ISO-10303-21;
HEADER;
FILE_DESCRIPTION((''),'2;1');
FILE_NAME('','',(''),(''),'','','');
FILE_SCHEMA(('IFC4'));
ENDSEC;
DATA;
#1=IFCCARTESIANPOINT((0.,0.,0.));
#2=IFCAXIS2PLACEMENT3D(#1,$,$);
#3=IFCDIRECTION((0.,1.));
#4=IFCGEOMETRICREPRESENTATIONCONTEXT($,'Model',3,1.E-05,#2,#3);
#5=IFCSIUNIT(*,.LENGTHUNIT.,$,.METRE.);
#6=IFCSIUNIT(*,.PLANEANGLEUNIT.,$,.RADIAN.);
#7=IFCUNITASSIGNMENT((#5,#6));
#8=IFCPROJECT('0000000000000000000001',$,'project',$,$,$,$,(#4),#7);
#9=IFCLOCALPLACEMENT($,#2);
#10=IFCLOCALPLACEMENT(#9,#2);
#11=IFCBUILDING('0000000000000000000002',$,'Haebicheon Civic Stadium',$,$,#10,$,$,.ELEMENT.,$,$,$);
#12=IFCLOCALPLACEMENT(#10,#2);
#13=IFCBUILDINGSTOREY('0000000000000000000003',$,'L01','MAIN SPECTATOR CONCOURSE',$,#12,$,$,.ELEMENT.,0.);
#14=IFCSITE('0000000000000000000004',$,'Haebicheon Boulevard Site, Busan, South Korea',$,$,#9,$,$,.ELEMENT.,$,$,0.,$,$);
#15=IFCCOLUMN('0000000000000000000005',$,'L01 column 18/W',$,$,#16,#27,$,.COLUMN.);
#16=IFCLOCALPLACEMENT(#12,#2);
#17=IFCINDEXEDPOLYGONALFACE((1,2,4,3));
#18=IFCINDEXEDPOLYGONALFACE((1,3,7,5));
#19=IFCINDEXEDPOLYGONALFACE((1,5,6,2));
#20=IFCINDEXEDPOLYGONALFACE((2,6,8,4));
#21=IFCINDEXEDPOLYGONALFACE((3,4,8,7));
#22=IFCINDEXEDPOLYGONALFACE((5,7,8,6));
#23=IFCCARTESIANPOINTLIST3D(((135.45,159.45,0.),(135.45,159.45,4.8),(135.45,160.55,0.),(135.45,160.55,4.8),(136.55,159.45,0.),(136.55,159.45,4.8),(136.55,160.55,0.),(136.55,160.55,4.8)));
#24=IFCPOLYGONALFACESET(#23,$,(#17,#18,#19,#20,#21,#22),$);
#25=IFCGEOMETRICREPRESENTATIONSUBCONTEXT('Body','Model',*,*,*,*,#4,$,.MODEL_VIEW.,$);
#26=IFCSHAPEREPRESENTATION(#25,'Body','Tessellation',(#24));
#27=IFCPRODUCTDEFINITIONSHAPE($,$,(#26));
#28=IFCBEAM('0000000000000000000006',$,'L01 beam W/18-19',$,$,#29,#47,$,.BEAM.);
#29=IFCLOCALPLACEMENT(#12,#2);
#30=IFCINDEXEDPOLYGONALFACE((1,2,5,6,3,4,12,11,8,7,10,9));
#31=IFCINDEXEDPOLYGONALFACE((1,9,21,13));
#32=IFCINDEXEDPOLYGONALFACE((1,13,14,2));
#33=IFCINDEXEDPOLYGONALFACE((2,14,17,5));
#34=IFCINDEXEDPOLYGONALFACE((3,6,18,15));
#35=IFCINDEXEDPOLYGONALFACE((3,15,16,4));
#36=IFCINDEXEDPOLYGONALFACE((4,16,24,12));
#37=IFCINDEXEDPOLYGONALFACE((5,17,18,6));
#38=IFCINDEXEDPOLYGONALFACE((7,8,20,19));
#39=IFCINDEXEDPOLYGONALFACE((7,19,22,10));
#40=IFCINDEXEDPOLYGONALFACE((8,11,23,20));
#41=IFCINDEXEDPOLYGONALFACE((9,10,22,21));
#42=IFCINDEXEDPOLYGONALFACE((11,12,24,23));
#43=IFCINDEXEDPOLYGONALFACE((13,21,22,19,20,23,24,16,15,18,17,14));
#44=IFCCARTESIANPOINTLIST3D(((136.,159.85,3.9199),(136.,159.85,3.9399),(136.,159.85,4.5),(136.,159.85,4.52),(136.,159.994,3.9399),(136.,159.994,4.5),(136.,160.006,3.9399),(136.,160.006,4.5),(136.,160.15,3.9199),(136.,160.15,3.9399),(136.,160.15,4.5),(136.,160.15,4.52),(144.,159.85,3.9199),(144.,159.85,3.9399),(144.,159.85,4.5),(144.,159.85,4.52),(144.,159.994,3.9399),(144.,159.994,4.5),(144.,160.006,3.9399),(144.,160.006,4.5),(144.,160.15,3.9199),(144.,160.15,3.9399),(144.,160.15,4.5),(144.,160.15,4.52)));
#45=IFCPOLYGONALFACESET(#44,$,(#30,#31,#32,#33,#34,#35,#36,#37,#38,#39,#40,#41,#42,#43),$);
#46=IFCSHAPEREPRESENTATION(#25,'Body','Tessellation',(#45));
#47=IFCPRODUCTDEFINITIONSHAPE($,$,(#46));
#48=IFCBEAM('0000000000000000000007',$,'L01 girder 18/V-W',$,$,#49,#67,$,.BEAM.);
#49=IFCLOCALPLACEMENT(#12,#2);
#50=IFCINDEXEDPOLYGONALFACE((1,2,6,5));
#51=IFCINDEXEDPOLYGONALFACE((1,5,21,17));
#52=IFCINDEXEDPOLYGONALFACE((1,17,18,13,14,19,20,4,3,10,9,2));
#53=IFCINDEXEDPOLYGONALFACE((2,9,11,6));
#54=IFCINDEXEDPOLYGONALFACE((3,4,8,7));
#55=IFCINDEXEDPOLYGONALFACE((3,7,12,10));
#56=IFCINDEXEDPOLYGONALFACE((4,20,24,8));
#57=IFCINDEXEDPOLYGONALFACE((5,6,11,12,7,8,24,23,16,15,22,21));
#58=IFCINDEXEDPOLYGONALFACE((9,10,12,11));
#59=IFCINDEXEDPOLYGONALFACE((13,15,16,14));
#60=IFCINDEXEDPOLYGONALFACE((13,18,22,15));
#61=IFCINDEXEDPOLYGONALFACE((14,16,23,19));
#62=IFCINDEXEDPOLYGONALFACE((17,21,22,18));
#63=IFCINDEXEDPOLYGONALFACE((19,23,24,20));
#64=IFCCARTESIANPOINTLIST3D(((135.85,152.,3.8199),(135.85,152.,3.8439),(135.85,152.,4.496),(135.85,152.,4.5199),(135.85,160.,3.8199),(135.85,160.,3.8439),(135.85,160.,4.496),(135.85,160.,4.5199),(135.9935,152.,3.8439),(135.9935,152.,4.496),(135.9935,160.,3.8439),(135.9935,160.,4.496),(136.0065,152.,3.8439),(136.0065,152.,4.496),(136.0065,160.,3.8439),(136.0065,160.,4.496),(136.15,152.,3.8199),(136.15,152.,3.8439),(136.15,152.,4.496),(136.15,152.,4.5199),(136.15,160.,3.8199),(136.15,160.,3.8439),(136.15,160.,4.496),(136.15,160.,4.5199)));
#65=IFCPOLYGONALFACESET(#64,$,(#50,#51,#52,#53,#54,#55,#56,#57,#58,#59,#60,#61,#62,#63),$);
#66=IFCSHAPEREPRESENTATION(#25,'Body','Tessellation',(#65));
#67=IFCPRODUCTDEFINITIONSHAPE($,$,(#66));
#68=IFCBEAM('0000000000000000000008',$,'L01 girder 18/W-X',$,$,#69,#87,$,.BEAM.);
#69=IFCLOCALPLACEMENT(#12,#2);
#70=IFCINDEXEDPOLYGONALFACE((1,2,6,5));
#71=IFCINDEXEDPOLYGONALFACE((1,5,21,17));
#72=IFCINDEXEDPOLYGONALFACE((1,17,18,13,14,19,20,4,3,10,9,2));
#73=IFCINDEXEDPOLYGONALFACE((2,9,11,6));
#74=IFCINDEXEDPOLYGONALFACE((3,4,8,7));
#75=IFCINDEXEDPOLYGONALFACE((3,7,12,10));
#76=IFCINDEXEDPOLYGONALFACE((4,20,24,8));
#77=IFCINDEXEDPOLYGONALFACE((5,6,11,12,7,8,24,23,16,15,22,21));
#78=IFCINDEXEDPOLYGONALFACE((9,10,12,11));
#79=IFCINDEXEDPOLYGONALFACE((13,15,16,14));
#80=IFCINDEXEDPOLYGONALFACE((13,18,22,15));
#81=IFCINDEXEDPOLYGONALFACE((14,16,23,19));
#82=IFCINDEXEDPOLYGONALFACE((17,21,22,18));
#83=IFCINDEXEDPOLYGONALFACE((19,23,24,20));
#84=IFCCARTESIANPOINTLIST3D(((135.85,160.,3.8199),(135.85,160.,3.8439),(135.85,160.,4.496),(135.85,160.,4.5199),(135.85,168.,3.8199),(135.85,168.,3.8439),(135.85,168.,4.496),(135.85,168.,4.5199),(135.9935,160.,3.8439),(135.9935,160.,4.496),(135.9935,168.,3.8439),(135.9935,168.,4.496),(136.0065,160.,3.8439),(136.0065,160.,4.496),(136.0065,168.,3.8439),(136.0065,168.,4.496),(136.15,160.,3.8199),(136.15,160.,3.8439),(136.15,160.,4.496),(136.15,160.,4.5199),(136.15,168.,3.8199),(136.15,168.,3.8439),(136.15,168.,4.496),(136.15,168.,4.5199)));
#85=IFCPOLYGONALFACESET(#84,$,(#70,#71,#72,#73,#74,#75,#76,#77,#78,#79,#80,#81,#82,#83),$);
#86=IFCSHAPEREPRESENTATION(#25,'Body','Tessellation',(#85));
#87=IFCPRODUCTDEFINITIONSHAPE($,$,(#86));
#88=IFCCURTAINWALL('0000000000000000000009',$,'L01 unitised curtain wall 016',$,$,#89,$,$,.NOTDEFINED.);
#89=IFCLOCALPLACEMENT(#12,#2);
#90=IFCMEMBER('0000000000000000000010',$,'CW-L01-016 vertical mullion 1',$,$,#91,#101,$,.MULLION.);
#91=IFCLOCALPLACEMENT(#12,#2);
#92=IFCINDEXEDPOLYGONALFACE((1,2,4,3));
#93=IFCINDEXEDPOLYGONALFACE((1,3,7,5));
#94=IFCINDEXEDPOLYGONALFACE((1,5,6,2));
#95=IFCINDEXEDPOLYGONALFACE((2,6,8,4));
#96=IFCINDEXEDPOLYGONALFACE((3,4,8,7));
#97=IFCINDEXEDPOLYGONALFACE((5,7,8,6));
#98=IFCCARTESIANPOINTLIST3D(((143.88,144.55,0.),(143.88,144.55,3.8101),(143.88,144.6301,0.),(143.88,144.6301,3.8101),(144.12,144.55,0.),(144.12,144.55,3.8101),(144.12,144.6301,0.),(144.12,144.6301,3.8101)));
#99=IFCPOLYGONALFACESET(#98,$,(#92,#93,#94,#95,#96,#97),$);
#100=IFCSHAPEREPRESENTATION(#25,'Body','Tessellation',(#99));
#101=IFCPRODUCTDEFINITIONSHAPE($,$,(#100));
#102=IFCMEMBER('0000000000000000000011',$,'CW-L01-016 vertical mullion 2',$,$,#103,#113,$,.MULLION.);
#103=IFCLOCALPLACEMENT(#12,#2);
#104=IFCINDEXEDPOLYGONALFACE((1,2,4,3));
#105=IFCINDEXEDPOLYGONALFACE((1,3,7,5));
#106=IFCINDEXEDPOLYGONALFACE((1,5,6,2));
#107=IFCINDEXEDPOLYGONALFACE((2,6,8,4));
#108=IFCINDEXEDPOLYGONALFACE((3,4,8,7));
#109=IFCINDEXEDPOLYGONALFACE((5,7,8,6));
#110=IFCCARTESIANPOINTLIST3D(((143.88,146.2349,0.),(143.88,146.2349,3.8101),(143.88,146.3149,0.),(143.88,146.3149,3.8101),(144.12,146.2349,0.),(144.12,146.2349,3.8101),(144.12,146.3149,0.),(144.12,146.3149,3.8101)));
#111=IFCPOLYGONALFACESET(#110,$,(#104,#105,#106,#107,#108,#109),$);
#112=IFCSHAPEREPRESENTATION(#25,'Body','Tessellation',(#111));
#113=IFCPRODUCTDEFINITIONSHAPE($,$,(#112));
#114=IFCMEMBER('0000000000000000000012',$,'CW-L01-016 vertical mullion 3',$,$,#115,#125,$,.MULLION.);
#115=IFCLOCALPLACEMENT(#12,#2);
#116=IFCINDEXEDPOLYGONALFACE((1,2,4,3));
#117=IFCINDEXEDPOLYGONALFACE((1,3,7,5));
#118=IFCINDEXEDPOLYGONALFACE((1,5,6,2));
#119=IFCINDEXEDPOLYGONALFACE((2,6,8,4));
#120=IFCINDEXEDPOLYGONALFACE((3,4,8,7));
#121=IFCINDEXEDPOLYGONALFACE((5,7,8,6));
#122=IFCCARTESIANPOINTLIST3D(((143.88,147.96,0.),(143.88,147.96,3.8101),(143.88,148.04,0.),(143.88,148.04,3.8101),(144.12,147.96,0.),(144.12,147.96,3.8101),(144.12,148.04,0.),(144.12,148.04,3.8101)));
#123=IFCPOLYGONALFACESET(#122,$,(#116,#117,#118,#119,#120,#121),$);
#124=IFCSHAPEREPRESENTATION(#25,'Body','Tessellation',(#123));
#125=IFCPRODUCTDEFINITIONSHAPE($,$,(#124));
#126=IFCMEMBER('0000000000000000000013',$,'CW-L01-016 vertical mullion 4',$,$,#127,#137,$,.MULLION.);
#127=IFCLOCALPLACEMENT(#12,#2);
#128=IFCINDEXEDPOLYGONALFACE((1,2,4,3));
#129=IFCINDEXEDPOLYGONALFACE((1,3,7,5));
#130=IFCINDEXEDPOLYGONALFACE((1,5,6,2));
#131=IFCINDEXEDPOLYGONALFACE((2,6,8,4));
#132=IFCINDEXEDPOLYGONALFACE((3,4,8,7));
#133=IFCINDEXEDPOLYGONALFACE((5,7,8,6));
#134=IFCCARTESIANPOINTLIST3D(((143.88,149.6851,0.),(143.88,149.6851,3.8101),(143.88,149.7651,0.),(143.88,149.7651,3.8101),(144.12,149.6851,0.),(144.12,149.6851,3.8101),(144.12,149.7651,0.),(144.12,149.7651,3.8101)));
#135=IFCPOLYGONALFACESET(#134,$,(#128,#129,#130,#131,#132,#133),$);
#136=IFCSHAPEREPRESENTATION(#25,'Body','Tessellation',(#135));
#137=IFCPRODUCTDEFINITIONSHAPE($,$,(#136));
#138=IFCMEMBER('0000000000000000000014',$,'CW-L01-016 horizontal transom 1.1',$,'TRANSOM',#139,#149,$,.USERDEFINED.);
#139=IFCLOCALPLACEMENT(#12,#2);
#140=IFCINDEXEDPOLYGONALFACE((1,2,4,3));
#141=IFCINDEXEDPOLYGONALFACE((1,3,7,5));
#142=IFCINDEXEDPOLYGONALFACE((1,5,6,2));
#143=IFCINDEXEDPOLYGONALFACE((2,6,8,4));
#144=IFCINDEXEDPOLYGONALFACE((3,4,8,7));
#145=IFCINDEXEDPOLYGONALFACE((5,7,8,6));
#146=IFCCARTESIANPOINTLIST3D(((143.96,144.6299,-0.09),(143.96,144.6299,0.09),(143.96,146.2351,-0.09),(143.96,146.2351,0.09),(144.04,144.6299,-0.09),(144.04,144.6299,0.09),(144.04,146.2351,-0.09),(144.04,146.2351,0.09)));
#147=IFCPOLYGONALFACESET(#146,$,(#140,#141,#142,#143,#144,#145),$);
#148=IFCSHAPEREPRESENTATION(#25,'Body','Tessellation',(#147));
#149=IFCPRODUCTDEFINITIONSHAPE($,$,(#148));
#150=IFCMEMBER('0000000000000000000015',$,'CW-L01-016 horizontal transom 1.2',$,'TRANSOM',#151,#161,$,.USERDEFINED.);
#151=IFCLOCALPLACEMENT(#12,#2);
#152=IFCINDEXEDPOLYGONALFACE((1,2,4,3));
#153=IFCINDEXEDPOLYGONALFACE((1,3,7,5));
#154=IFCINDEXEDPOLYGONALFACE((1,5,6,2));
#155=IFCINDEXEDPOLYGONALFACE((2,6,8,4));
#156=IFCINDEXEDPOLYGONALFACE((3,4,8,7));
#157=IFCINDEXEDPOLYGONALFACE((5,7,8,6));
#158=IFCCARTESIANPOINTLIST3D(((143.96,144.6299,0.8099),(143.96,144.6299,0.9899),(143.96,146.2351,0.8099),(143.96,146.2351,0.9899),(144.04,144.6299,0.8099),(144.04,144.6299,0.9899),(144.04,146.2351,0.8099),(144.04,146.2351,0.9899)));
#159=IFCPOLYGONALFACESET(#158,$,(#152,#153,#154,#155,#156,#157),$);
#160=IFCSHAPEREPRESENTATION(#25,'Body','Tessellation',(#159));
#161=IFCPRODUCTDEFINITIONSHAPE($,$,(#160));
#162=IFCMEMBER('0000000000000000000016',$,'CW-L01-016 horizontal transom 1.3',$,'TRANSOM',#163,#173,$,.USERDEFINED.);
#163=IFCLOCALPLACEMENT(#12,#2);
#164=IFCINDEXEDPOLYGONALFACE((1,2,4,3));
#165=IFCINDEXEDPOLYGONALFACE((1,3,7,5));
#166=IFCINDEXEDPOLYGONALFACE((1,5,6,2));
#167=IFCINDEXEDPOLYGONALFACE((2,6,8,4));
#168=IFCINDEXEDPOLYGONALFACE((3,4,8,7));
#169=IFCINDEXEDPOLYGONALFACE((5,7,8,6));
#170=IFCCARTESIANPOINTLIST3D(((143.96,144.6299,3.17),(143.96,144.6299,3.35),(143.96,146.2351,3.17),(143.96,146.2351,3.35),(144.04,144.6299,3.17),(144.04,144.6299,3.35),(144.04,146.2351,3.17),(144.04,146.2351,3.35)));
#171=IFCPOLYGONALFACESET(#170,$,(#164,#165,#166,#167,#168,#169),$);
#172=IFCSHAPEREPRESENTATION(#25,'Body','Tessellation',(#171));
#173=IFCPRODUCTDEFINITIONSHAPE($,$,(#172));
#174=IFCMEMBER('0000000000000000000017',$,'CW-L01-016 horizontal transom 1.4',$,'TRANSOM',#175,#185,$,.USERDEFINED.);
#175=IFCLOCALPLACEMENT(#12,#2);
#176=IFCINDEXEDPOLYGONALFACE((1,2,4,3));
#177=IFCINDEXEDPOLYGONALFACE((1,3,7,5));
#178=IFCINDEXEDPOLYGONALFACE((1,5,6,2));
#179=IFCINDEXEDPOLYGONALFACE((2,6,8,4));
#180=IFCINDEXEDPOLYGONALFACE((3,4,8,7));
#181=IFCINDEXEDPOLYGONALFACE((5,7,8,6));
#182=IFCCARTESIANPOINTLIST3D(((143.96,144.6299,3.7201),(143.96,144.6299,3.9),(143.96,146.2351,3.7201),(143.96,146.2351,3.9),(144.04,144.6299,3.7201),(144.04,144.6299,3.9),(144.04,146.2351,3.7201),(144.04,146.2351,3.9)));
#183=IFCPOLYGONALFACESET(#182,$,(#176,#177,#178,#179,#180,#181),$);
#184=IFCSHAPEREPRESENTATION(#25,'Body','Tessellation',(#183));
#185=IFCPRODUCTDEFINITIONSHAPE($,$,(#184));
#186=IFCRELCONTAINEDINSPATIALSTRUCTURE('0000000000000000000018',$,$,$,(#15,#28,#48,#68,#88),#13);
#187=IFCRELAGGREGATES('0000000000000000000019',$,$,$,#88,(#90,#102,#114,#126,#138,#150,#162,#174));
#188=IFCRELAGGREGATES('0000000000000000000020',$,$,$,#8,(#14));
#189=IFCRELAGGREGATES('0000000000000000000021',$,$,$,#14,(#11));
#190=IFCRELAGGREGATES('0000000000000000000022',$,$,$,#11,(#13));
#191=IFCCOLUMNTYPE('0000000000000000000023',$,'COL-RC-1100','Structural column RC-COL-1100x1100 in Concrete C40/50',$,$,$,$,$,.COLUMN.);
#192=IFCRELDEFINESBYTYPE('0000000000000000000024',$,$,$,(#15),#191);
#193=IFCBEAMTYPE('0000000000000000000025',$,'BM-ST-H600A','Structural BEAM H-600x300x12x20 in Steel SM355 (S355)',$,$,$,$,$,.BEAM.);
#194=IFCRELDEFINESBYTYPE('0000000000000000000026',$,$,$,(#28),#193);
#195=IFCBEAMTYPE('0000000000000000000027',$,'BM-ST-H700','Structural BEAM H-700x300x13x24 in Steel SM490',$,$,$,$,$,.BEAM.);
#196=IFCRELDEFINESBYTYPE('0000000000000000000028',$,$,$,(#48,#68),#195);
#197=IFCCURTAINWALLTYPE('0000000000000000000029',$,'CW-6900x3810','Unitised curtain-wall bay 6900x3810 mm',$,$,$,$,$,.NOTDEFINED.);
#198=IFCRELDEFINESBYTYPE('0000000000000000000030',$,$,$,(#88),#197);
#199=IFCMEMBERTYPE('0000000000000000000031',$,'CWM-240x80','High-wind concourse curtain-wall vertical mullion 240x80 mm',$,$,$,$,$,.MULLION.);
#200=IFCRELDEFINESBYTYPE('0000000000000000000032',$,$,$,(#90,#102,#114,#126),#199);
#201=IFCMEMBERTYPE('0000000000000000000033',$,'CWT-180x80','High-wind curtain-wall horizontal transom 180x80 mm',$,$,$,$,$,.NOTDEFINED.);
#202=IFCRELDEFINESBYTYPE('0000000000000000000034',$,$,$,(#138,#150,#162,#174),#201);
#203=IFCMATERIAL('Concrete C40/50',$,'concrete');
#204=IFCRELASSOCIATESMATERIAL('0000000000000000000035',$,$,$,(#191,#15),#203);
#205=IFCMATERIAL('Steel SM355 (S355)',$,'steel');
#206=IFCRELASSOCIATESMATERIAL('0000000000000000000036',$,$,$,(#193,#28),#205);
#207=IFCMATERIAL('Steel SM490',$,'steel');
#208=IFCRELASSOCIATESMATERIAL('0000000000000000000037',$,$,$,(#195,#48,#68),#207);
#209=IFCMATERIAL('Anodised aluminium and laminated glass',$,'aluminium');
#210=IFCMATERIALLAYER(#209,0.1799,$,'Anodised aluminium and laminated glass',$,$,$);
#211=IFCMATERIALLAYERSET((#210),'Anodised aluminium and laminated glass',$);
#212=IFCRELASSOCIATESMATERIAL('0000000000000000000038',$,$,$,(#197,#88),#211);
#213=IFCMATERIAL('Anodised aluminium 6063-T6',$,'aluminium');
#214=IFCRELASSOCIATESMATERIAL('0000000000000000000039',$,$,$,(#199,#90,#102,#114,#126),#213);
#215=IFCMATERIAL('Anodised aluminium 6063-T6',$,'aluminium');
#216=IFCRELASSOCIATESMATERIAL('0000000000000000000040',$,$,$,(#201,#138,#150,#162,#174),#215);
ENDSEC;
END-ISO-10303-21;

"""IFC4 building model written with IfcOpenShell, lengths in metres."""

from ifc_helpers import new_model, si_unit, direction, frame, origin, origin_2d, place, context, subcontext, project, spatial, rectangle, i_section, extrude, material, layer, layer_set, material_profile, profile_set, type_object, element, aggregate, save


model = new_model("IFC4")

# Units and contexts
model_context = context("Model", 3, precision=1e-05, world=origin(), true_north=direction((0.0, 1.0)))
body_context = subcontext(model_context, "Body", "Model", "MODEL_VIEW")
ifc_project = project(units=[si_unit("LENGTHUNIT", "METRE"), si_unit("PLANEANGLEUNIT", "RADIAN")], contexts=[model_context])

# Site, building, storey
site_placement = place(None, origin())
site = spatial("IfcSite", under=ifc_project, at=site_placement, Name="Haebicheon Boulevard Site, Busan, South Korea", CompositionType="ELEMENT", RefElevation=0.0)
building_placement = place(site_placement, origin())
building = spatial("IfcBuilding", under=site, at=building_placement, Name="Haebicheon Civic Stadium", CompositionType="ELEMENT")
storey_placement = place(building_placement, origin())
storey = spatial("IfcBuildingStorey", under=building, at=storey_placement, Name="L01", Description="MAIN SPECTATOR CONCOURSE", CompositionType="ELEMENT", Elevation=0.0)

# Column
ifc_material_1 = material(Name="Concrete C40/50", Category="concrete")
ifc_material_profile_1 = material_profile(ifc_material_1, rectangle(XDim=1.1001, YDim=1.1001, at=origin_2d()), Name="RC-COL-1100x1100")
ifc_profile_set_1 = profile_set([ifc_material_profile_1], Name="Concrete C40/50")
column_type = type_object("IfcColumnType", Name="COL-RC-1100", Description="Structural column RC-COL-1100x1100 in Concrete C40/50", PredefinedType="COLUMN", material=ifc_profile_set_1)
column_placement = place(storey_placement, frame((136.0, 160.0, 0.0), z_axis=(0.0, 0.0, 1.0), x_axis=(1.0, 0.0, 0.0)))
element("IfcColumn", 1, at=column_placement, inside=storey, type_object=column_type, material=ifc_profile_set_1, Name="L01 column 18/W", PredefinedType="COLUMN", context=body_context, shape_type="SweptSolid", body=[
    extrude(rectangle(XDim=1.1001, YDim=1.1001, at=origin_2d()), origin(), (0.0, 0.0, 1.0), 4.8),
])

# Beams
ifc_material_2 = material(Name="Steel SM355 (S355)", Category="steel")
ifc_material_profile_2 = material_profile(ifc_material_2, i_section(OverallWidth=0.3, OverallDepth=0.6001, WebThickness=0.012, FlangeThickness=0.02, at=origin_2d()), Name="H-600x300x12x20")
ifc_profile_set_2 = profile_set([ifc_material_profile_2], Name="Steel SM355 (S355)")
beam_type_1 = type_object("IfcBeamType", Name="BM-ST-H600A", Description="Structural BEAM H-600x300x12x20 in Steel SM355 (S355)", PredefinedType="BEAM", material=ifc_profile_set_2)
beam_1_placement = place(storey_placement, frame((136.0, 160.0, 4.22), z_axis=(1.0, 0.0, 0.0), x_axis=(0.0, 1.0, 0.0)))
element("IfcBeam", 2, at=beam_1_placement, inside=storey, type_object=beam_type_1, material=ifc_profile_set_2, Name="L01 beam W/18-19", PredefinedType="BEAM", context=body_context, shape_type="SweptSolid", body=[
    extrude(i_section(OverallWidth=0.3, OverallDepth=0.6001, WebThickness=0.012, FlangeThickness=0.02, at=origin_2d()), origin(), (0.0, 0.0, 1.0), 8.0),
])
ifc_material_3 = material(Name="Steel SM490", Category="steel")
ifc_material_profile_3 = material_profile(ifc_material_3, i_section(OverallWidth=0.3, OverallDepth=0.7, WebThickness=0.0129, FlangeThickness=0.0239, at=origin_2d()), Name="H-700x300x13x24")
ifc_profile_set_3 = profile_set([ifc_material_profile_3], Name="Steel SM490")
beam_type_2 = type_object("IfcBeamType", Name="BM-ST-H700", Description="Structural BEAM H-700x300x13x24 in Steel SM490", PredefinedType="BEAM", material=ifc_profile_set_3)
for number, where, z_axis, x_axis, name in (
    (3, (136.0, 152.0, 4.1699), (0.0, 1.0, 0.0), (-1.0, 0.0, 0.0), "L01 girder 18/V-W"),
    (4, (136.0, 160.0, 4.1699), (0.0, 1.0, 0.0), (-1.0, 0.0, 0.0), "L01 girder 18/W-X"),
):
    element("IfcBeam", number, at=place(storey_placement, frame(where, z_axis=z_axis, x_axis=x_axis)), inside=storey, type_object=beam_type_2, material=ifc_profile_set_3, Name=name, PredefinedType="BEAM", context=body_context, shape_type="SweptSolid", body=[
        extrude(i_section(OverallWidth=0.3, OverallDepth=0.7, WebThickness=0.0129, FlangeThickness=0.0239, at=origin_2d()), origin(), (0.0, 0.0, 1.0), 8.0),
    ])

# Curtain wall, members
ifc_material_4 = material(Name="Anodised aluminium and laminated glass", Category="aluminium")
ifc_layer_1 = layer(ifc_material_4, 0.1799, Name="Anodised aluminium and laminated glass")
ifc_layer_set_1 = layer_set([ifc_layer_1], Name="Anodised aluminium and laminated glass")
curtain_wall_type = type_object("IfcCurtainWallType", Name="CW-6900x3810", Description="Unitised curtain-wall bay 6900x3810 mm", PredefinedType="NOTDEFINED", material=ifc_layer_set_1)
curtain_wall_placement = place(storey_placement, origin())
curtain_wall = element("IfcCurtainWall", 5, at=curtain_wall_placement, inside=storey, type_object=curtain_wall_type, material=ifc_layer_set_1, Name="L01 unitised curtain wall 016", PredefinedType="NOTDEFINED")
ifc_material_5 = material(Name="Anodised aluminium 6063-T6", Category="aluminium")
ifc_material_profile_4 = material_profile(ifc_material_5, rectangle(XDim=0.0801, YDim=0.24, at=origin_2d()), Name="ALU-MULL-80x240")
ifc_profile_set_4 = profile_set([ifc_material_profile_4], Name="Anodised aluminium 6063-T6")
member_type_1 = type_object("IfcMemberType", Name="CWM-240x80", Description="High-wind concourse curtain-wall vertical mullion 240x80 mm", PredefinedType="MULLION", material=ifc_profile_set_4)
member_1_placement = place(storey_placement, frame((144.0, 144.5901, 0.0), z_axis=(0.0, 0.0, 1.0), x_axis=(0.0, 1.0, 0.0)))
member_1 = element("IfcMember", 6, at=member_1_placement, type_object=member_type_1, material=ifc_profile_set_4, Name="CW-L01-016 vertical mullion 1", PredefinedType="MULLION", context=body_context, shape_type="SweptSolid", body=[
    extrude(rectangle(XDim=0.0801, YDim=0.24, at=origin_2d()), origin(), (0.0, 0.0, 1.0), 3.8101),
])
member_2_placement = place(storey_placement, frame((144.0, 146.2749, 0.0), z_axis=(0.0, 0.0, 1.0), x_axis=(0.0, 1.0, 0.0)))
member_2 = element("IfcMember", 7, at=member_2_placement, type_object=member_type_1, material=ifc_profile_set_4, Name="CW-L01-016 vertical mullion 2", PredefinedType="MULLION", context=body_context, shape_type="SweptSolid", body=[
    extrude(rectangle(XDim=0.0801, YDim=0.24, at=origin_2d()), origin(), (0.0, 0.0, 1.0), 3.8101),
])
member_3_placement = place(storey_placement, frame((144.0, 148.0, 0.0), z_axis=(0.0, 0.0, 1.0), x_axis=(0.0, 1.0, 0.0)))
member_3 = element("IfcMember", 8, at=member_3_placement, type_object=member_type_1, material=ifc_profile_set_4, Name="CW-L01-016 vertical mullion 3", PredefinedType="MULLION", context=body_context, shape_type="SweptSolid", body=[
    extrude(rectangle(XDim=0.0801, YDim=0.24, at=origin_2d()), origin(), (0.0, 0.0, 1.0), 3.8101),
])
member_4_placement = place(storey_placement, frame((144.0, 149.7251, 0.0), z_axis=(0.0, 0.0, 1.0), x_axis=(0.0, 1.0, 0.0)))
member_4 = element("IfcMember", 9, at=member_4_placement, type_object=member_type_1, material=ifc_profile_set_4, Name="CW-L01-016 vertical mullion 4", PredefinedType="MULLION", context=body_context, shape_type="SweptSolid", body=[
    extrude(rectangle(XDim=0.0801, YDim=0.24, at=origin_2d()), origin(), (0.0, 0.0, 1.0), 3.8101),
])
ifc_material_6 = material(Name="Anodised aluminium 6063-T6", Category="aluminium")
ifc_material_profile_5 = material_profile(ifc_material_6, rectangle(XDim=0.0801, YDim=0.1799, at=origin_2d()), Name="ALU-TRAN-80x180")
ifc_profile_set_5 = profile_set([ifc_material_profile_5], Name="Anodised aluminium 6063-T6")
member_type_2 = type_object("IfcMemberType", Name="CWT-180x80", Description="High-wind curtain-wall horizontal transom 180x80 mm", PredefinedType="NOTDEFINED", material=ifc_profile_set_5)
member_5_placement = place(storey_placement, frame((144.0, 144.6299, 0.0), z_axis=(0.0, 1.0, 0.0), x_axis=(-1.0, 0.0, 0.0)))
member_5 = element("IfcMember", 10, at=member_5_placement, type_object=member_type_2, material=ifc_profile_set_5, Name="CW-L01-016 horizontal transom 1.1", ObjectType="TRANSOM", PredefinedType="USERDEFINED", context=body_context, shape_type="SweptSolid", body=[
    extrude(rectangle(XDim=0.0801, YDim=0.1799, at=origin_2d()), origin(), (0.0, 0.0, 1.0), 1.6052),
])
member_6_placement = place(storey_placement, frame((144.0, 144.6299, 0.8999), z_axis=(0.0, 1.0, 0.0), x_axis=(-1.0, 0.0, 0.0)))
member_6 = element("IfcMember", 11, at=member_6_placement, type_object=member_type_2, material=ifc_profile_set_5, Name="CW-L01-016 horizontal transom 1.2", ObjectType="TRANSOM", PredefinedType="USERDEFINED", context=body_context, shape_type="SweptSolid", body=[
    extrude(rectangle(XDim=0.0801, YDim=0.1799, at=origin_2d()), origin(), (0.0, 0.0, 1.0), 1.6052),
])
member_7_placement = place(storey_placement, frame((144.0, 144.6299, 3.26), z_axis=(0.0, 1.0, 0.0), x_axis=(-1.0, 0.0, 0.0)))
member_7 = element("IfcMember", 12, at=member_7_placement, type_object=member_type_2, material=ifc_profile_set_5, Name="CW-L01-016 horizontal transom 1.3", ObjectType="TRANSOM", PredefinedType="USERDEFINED", context=body_context, shape_type="SweptSolid", body=[
    extrude(rectangle(XDim=0.0801, YDim=0.1799, at=origin_2d()), origin(), (0.0, 0.0, 1.0), 1.6052),
])
member_8_placement = place(storey_placement, frame((144.0, 144.6299, 3.8101), z_axis=(0.0, 1.0, 0.0), x_axis=(-1.0, 0.0, 0.0)))
member_8 = element("IfcMember", 13, at=member_8_placement, type_object=member_type_2, material=ifc_profile_set_5, Name="CW-L01-016 horizontal transom 1.4", ObjectType="TRANSOM", PredefinedType="USERDEFINED", context=body_context, shape_type="SweptSolid", body=[
    extrude(rectangle(XDim=0.0801, YDim=0.1799, at=origin_2d()), origin(), (0.0, 0.0, 1.0), 1.6052),
])

aggregate(curtain_wall, [member_1, member_2, member_3, member_4, member_5, member_6, member_7, member_8])

save(model, "model.ifc")
